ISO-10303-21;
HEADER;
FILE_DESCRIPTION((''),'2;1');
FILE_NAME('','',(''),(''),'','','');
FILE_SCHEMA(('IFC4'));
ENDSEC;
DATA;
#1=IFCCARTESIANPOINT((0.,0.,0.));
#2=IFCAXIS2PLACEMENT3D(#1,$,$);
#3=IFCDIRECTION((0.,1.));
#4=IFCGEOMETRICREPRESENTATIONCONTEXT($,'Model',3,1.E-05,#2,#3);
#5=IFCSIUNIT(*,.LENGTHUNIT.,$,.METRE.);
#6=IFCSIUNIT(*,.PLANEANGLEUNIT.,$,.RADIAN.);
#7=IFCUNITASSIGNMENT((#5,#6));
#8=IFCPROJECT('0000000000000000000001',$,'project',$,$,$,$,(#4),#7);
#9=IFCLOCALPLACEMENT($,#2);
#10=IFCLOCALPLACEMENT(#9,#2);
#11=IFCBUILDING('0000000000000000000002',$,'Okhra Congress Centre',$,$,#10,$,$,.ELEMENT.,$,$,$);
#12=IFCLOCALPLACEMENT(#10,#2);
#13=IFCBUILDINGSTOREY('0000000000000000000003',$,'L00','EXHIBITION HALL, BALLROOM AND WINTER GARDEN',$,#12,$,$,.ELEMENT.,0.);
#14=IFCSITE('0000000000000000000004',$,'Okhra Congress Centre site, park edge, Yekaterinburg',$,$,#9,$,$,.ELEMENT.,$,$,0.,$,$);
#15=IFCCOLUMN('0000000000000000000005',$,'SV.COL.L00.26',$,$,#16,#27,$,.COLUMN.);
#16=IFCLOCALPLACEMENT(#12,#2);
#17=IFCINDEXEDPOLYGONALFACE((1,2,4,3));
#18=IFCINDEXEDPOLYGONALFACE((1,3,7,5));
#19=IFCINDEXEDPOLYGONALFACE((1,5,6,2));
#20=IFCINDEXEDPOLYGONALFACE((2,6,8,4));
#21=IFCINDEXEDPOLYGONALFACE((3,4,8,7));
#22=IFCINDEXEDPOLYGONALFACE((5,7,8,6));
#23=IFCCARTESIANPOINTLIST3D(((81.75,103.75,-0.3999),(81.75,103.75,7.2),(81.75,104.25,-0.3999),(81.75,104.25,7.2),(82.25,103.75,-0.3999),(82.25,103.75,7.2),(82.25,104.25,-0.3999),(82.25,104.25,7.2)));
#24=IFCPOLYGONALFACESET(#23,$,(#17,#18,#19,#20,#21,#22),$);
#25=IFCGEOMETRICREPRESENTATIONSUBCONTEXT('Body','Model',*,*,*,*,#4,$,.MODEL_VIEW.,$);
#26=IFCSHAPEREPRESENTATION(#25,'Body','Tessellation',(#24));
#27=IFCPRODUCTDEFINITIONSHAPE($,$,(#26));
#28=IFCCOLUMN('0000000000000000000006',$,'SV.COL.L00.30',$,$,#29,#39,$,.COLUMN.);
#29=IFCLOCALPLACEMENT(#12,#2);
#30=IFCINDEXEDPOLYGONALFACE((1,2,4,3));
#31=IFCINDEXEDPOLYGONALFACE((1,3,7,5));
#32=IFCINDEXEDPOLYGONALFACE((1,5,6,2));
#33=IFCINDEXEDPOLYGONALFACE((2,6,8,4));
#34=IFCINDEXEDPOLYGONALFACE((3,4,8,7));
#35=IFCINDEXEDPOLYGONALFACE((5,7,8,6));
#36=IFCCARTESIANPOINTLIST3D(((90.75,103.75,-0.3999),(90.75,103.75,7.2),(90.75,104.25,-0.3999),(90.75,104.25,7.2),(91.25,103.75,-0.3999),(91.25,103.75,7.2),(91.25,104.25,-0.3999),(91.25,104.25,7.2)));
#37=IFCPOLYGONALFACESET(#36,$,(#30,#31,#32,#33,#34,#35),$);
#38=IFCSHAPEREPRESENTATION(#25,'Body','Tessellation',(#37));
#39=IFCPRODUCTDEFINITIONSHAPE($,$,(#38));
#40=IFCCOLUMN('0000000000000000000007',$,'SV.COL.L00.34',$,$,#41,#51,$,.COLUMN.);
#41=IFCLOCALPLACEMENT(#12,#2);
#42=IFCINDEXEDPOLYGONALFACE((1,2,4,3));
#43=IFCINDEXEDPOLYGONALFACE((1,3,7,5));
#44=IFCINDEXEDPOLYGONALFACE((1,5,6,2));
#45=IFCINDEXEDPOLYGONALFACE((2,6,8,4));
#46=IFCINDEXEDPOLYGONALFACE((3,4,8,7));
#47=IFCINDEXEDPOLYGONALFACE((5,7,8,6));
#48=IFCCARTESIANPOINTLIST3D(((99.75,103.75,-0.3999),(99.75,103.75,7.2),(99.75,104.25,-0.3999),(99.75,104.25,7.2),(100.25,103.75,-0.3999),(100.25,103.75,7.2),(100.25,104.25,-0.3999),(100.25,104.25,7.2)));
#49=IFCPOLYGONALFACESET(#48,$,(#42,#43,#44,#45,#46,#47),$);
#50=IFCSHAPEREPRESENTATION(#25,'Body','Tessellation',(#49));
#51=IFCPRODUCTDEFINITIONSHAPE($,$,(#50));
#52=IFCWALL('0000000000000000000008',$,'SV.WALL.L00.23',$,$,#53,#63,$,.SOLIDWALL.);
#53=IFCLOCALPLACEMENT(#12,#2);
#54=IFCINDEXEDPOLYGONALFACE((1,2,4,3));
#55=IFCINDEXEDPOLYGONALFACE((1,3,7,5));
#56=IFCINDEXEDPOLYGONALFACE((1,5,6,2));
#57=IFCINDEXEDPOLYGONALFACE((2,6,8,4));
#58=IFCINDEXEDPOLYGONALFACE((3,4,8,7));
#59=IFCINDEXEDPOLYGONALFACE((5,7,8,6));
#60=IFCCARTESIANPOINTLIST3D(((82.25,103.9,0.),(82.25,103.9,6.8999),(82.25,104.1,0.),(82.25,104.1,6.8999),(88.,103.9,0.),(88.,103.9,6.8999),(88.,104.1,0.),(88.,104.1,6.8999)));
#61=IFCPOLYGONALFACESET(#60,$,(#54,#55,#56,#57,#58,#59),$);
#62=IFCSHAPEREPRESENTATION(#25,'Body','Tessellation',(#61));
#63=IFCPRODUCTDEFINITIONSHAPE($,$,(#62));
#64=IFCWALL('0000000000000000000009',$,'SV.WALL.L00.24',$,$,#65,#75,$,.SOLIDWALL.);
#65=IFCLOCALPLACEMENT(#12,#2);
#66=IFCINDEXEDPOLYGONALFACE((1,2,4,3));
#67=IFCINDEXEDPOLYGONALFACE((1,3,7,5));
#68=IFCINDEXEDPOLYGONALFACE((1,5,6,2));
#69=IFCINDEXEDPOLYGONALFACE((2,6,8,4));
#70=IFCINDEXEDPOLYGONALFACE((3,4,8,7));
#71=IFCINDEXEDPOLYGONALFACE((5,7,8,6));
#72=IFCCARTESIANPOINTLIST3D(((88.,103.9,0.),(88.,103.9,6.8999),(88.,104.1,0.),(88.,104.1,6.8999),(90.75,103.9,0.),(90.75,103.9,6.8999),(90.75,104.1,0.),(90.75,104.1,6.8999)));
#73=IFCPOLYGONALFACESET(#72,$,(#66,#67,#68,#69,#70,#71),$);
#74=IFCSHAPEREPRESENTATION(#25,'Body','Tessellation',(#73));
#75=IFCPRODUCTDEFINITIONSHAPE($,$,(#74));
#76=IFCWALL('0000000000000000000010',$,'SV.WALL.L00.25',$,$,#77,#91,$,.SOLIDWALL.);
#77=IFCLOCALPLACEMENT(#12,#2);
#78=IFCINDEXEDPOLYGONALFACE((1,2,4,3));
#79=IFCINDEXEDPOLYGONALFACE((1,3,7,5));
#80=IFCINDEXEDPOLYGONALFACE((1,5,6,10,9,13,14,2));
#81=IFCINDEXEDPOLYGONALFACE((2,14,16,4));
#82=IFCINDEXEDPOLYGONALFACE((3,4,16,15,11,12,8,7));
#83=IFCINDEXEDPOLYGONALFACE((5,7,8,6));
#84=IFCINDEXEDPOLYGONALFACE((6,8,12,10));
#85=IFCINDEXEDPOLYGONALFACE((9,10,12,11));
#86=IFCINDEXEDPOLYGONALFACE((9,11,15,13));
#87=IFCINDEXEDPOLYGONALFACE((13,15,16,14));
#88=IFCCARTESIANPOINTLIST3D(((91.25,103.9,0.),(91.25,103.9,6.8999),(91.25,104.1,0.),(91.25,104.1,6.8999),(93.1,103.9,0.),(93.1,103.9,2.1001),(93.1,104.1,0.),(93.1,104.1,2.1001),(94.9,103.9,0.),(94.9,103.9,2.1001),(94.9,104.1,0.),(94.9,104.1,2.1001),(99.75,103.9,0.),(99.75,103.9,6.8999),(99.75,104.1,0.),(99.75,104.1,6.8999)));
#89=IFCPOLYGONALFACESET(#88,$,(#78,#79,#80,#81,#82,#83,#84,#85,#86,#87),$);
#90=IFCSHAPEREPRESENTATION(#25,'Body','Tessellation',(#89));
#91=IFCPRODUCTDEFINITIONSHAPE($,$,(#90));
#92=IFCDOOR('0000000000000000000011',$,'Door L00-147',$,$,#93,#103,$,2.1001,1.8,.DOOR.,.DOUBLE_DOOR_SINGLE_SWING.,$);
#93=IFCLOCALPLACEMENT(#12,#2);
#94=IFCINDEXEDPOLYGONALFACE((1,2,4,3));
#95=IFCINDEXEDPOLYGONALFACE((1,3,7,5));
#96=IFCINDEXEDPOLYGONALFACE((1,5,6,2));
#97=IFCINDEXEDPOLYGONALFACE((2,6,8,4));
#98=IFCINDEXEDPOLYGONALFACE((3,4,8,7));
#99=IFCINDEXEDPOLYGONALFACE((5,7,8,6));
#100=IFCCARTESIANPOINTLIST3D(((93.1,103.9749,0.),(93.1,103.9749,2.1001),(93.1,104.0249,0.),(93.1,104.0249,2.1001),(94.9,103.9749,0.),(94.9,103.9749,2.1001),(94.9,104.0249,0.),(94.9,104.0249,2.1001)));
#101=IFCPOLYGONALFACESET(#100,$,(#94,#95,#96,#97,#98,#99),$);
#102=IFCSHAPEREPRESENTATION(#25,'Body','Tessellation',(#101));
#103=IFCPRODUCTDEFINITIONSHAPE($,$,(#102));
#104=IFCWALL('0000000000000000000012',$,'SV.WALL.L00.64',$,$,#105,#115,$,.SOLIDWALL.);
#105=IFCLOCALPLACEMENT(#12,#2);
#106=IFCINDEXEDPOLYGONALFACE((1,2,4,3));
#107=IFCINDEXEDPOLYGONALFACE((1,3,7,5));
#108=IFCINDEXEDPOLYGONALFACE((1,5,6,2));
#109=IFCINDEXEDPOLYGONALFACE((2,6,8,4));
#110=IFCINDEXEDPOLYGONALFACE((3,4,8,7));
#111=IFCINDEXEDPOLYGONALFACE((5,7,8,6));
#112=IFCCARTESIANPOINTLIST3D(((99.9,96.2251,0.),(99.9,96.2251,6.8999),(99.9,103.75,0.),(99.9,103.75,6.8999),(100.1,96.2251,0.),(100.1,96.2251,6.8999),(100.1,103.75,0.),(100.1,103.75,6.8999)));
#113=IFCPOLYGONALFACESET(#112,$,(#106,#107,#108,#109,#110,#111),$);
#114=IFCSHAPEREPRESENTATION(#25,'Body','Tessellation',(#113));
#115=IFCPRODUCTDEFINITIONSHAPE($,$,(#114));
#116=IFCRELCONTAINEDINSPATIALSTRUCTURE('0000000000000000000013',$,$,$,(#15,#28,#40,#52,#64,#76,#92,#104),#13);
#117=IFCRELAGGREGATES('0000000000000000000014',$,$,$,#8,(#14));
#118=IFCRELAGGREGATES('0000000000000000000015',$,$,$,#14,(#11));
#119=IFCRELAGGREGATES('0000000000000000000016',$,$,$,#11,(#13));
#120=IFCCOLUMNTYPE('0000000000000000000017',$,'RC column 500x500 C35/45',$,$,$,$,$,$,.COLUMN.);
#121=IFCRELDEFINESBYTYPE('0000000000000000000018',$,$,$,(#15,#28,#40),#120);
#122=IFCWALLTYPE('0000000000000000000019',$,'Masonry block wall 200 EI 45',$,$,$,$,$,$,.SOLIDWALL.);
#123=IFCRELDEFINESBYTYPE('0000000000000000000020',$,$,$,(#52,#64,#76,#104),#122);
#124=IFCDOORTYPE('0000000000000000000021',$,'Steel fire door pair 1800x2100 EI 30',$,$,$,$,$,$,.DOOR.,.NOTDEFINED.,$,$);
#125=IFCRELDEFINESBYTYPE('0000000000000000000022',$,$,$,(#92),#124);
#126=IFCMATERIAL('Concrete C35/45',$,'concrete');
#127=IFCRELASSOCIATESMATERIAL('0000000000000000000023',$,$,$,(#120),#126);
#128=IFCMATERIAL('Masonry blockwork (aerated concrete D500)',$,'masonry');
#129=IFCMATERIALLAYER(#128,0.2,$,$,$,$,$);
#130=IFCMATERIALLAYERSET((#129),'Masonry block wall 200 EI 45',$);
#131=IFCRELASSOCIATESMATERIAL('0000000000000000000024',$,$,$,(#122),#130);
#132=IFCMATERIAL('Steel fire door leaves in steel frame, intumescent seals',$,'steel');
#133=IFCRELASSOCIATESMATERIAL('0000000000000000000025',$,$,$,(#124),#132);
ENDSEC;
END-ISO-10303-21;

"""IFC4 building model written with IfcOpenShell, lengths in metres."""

from ifc_helpers import new_model, si_unit, direction, frame, frame_2d, origin, origin_2d, place, context, subcontext, project, spatial, rectangle, extrude, material, layer, layer_set, material_profile, profile_set, type_object, element, fill, save


model = new_model("IFC4")

# Units and contexts
model_context = context("Model", 3, precision=1e-05, world=origin(), true_north=direction((0.0, 1.0)))
body_context = subcontext(model_context, "Body", "Model", "MODEL_VIEW")
ifc_project = project(units=[si_unit("LENGTHUNIT", "METRE"), si_unit("PLANEANGLEUNIT", "RADIAN")], contexts=[model_context])

# Site, building, storey
site_placement = place(None, origin())
site = spatial("IfcSite", under=ifc_project, at=site_placement, Name="Okhra Congress Centre site, park edge, Yekaterinburg", CompositionType="ELEMENT", RefElevation=0.0)
building_placement = place(site_placement, origin())
building = spatial("IfcBuilding", under=site, at=building_placement, Name="Okhra Congress Centre", CompositionType="ELEMENT")
storey_placement = place(building_placement, origin())
storey = spatial("IfcBuildingStorey", under=building, at=storey_placement, Name="L00", Description="EXHIBITION HALL, BALLROOM AND WINTER GARDEN", CompositionType="ELEMENT", Elevation=0.0)

# Columns
ifc_material_1 = material(Name="Concrete C35/45", Category="concrete")
ifc_material_profile_1 = material_profile(ifc_material_1, rectangle(XDim=0.5, YDim=0.5, at=origin_2d()), Name="RC 500x500")
ifc_profile_set_1 = profile_set([ifc_material_profile_1], Name="Concrete C35/45")
column_type = type_object("IfcColumnType", Name="RC column 500x500 C35/45", PredefinedType="COLUMN", material=ifc_profile_set_1)
for number, where, z_axis, x_axis, name in (
    (1, (82.0, 104.0, -0.3999), (0.0, 0.0, 1.0), (1.0, 0.0, 0.0), "SV.COL.L00.26"),
    (2, (91.0, 104.0, -0.3999), (0.0, 0.0, 1.0), (1.0, 0.0, 0.0), "SV.COL.L00.30"),
    (3, (100.0, 104.0, -0.3999), (0.0, 0.0, 1.0), (1.0, 0.0, 0.0), "SV.COL.L00.34"),
):
    element("IfcColumn", number, at=place(storey_placement, frame(where, z_axis=z_axis, x_axis=x_axis)), inside=storey, type_object=column_type, Name=name, PredefinedType="COLUMN", context=body_context, shape_type="SweptSolid", body=[
        extrude(rectangle(XDim=0.5, YDim=0.5, at=origin_2d()), origin(), (0.0, 0.0, 1.0), 7.5999),
    ])

# Walls
ifc_material_2 = material(Name="Masonry blockwork (aerated concrete D500)", Category="masonry")
ifc_layer = layer(ifc_material_2, 0.2)
ifc_layer_set = layer_set([ifc_layer], Name="Masonry block wall 200 EI 45")
wall_type = type_object("IfcWallType", Name="Masonry block wall 200 EI 45", PredefinedType="SOLIDWALL", material=ifc_layer_set)
wall_1_placement = place(storey_placement, frame((82.25, 104.0, 0.0), z_axis=(0.0, 0.0, 1.0), x_axis=(1.0, 0.0, 0.0)))
element("IfcWall", 4, at=wall_1_placement, inside=storey, type_object=wall_type, Name="SV.WALL.L00.23", PredefinedType="SOLIDWALL", context=body_context, shape_type="SweptSolid", body=[
    extrude(rectangle(XDim=5.75, YDim=0.2, at=frame_2d((2.875, 0.0))), origin(), (0.0, 0.0, 1.0), 6.8999),
])
wall_2_placement = place(storey_placement, frame((88.0, 104.0, 0.0), z_axis=(0.0, 0.0, 1.0), x_axis=(1.0, 0.0, 0.0)))
element("IfcWall", 5, at=wall_2_placement, inside=storey, type_object=wall_type, Name="SV.WALL.L00.24", PredefinedType="SOLIDWALL", context=body_context, shape_type="SweptSolid", body=[
    extrude(rectangle(XDim=2.75, YDim=0.2, at=frame_2d((1.375, 0.0))), origin(), (0.0, 0.0, 1.0), 6.8999),
])

# Wall, opening, door
wall_3_placement = place(storey_placement, frame((91.25, 104.0, 0.0), z_axis=(0.0, 0.0, 1.0), x_axis=(1.0, 0.0, 0.0)))
wall_3 = element("IfcWall", 6, at=wall_3_placement, inside=storey, type_object=wall_type, Name="SV.WALL.L00.25", PredefinedType="SOLIDWALL", context=body_context, shape_type="SweptSolid", body=[
    extrude(rectangle(XDim=8.5, YDim=0.2, at=frame_2d((4.25, 0.0))), origin(), (0.0, 0.0, 1.0), 6.8999),
])
opening_placement = place(wall_3_placement, frame((1.8501, 0.0, 0.0)))
opening = element("IfcOpeningElement", 7, at=opening_placement, cuts=wall_3, PredefinedType="OPENING", context=body_context, shape_type="SweptSolid", body=[
    extrude(rectangle(XDim=1.8, YDim=2.1001, at=frame_2d((0.8999, 1.05))), frame((0.0, 0.1099, 0.0), z_axis=(0.0, -1.0, 0.0), x_axis=(1.0, 0.0, 0.0)), (0.0, 0.0, 1.0), 0.22),
])
ifc_material_3 = material(Name="Steel fire door leaves in steel frame, intumescent seals", Category="steel")
door_type = type_object("IfcDoorType", Name="Steel fire door pair 1800x2100 EI 30", OperationType="NOTDEFINED", PredefinedType="DOOR", material=ifc_material_3)
door_placement = place(opening_placement, origin())
door = element("IfcDoor", 8, at=door_placement, inside=storey, type_object=door_type, Name="Door L00-147", OperationType="DOUBLE_DOOR_SINGLE_SWING", OverallHeight=2.1001, OverallWidth=1.8, PredefinedType="DOOR", context=body_context, shape_type="SweptSolid", body=[
    extrude(rectangle(XDim=1.8, YDim=2.1001, at=frame_2d((0.8999, 1.05))), frame((0.0, 0.0249, 0.0), z_axis=(0.0, -1.0, 0.0), x_axis=(1.0, 0.0, 0.0)), (0.0, 0.0, 1.0), 0.05),
])
fill(opening, door)

# Wall
wall_4_placement = place(storey_placement, frame((100.0, 96.2251, 0.0), z_axis=(0.0, 0.0, 1.0), x_axis=(0.0, 1.0, 0.0)))
element("IfcWall", 9, at=wall_4_placement, inside=storey, type_object=wall_type, Name="SV.WALL.L00.64", PredefinedType="SOLIDWALL", context=body_context, shape_type="SweptSolid", body=[
    extrude(rectangle(XDim=7.5249, YDim=0.2, at=frame_2d((3.7625, 0.0))), origin(), (0.0, 0.0, 1.0), 6.8999),
])

save(model, "model.ifc")
